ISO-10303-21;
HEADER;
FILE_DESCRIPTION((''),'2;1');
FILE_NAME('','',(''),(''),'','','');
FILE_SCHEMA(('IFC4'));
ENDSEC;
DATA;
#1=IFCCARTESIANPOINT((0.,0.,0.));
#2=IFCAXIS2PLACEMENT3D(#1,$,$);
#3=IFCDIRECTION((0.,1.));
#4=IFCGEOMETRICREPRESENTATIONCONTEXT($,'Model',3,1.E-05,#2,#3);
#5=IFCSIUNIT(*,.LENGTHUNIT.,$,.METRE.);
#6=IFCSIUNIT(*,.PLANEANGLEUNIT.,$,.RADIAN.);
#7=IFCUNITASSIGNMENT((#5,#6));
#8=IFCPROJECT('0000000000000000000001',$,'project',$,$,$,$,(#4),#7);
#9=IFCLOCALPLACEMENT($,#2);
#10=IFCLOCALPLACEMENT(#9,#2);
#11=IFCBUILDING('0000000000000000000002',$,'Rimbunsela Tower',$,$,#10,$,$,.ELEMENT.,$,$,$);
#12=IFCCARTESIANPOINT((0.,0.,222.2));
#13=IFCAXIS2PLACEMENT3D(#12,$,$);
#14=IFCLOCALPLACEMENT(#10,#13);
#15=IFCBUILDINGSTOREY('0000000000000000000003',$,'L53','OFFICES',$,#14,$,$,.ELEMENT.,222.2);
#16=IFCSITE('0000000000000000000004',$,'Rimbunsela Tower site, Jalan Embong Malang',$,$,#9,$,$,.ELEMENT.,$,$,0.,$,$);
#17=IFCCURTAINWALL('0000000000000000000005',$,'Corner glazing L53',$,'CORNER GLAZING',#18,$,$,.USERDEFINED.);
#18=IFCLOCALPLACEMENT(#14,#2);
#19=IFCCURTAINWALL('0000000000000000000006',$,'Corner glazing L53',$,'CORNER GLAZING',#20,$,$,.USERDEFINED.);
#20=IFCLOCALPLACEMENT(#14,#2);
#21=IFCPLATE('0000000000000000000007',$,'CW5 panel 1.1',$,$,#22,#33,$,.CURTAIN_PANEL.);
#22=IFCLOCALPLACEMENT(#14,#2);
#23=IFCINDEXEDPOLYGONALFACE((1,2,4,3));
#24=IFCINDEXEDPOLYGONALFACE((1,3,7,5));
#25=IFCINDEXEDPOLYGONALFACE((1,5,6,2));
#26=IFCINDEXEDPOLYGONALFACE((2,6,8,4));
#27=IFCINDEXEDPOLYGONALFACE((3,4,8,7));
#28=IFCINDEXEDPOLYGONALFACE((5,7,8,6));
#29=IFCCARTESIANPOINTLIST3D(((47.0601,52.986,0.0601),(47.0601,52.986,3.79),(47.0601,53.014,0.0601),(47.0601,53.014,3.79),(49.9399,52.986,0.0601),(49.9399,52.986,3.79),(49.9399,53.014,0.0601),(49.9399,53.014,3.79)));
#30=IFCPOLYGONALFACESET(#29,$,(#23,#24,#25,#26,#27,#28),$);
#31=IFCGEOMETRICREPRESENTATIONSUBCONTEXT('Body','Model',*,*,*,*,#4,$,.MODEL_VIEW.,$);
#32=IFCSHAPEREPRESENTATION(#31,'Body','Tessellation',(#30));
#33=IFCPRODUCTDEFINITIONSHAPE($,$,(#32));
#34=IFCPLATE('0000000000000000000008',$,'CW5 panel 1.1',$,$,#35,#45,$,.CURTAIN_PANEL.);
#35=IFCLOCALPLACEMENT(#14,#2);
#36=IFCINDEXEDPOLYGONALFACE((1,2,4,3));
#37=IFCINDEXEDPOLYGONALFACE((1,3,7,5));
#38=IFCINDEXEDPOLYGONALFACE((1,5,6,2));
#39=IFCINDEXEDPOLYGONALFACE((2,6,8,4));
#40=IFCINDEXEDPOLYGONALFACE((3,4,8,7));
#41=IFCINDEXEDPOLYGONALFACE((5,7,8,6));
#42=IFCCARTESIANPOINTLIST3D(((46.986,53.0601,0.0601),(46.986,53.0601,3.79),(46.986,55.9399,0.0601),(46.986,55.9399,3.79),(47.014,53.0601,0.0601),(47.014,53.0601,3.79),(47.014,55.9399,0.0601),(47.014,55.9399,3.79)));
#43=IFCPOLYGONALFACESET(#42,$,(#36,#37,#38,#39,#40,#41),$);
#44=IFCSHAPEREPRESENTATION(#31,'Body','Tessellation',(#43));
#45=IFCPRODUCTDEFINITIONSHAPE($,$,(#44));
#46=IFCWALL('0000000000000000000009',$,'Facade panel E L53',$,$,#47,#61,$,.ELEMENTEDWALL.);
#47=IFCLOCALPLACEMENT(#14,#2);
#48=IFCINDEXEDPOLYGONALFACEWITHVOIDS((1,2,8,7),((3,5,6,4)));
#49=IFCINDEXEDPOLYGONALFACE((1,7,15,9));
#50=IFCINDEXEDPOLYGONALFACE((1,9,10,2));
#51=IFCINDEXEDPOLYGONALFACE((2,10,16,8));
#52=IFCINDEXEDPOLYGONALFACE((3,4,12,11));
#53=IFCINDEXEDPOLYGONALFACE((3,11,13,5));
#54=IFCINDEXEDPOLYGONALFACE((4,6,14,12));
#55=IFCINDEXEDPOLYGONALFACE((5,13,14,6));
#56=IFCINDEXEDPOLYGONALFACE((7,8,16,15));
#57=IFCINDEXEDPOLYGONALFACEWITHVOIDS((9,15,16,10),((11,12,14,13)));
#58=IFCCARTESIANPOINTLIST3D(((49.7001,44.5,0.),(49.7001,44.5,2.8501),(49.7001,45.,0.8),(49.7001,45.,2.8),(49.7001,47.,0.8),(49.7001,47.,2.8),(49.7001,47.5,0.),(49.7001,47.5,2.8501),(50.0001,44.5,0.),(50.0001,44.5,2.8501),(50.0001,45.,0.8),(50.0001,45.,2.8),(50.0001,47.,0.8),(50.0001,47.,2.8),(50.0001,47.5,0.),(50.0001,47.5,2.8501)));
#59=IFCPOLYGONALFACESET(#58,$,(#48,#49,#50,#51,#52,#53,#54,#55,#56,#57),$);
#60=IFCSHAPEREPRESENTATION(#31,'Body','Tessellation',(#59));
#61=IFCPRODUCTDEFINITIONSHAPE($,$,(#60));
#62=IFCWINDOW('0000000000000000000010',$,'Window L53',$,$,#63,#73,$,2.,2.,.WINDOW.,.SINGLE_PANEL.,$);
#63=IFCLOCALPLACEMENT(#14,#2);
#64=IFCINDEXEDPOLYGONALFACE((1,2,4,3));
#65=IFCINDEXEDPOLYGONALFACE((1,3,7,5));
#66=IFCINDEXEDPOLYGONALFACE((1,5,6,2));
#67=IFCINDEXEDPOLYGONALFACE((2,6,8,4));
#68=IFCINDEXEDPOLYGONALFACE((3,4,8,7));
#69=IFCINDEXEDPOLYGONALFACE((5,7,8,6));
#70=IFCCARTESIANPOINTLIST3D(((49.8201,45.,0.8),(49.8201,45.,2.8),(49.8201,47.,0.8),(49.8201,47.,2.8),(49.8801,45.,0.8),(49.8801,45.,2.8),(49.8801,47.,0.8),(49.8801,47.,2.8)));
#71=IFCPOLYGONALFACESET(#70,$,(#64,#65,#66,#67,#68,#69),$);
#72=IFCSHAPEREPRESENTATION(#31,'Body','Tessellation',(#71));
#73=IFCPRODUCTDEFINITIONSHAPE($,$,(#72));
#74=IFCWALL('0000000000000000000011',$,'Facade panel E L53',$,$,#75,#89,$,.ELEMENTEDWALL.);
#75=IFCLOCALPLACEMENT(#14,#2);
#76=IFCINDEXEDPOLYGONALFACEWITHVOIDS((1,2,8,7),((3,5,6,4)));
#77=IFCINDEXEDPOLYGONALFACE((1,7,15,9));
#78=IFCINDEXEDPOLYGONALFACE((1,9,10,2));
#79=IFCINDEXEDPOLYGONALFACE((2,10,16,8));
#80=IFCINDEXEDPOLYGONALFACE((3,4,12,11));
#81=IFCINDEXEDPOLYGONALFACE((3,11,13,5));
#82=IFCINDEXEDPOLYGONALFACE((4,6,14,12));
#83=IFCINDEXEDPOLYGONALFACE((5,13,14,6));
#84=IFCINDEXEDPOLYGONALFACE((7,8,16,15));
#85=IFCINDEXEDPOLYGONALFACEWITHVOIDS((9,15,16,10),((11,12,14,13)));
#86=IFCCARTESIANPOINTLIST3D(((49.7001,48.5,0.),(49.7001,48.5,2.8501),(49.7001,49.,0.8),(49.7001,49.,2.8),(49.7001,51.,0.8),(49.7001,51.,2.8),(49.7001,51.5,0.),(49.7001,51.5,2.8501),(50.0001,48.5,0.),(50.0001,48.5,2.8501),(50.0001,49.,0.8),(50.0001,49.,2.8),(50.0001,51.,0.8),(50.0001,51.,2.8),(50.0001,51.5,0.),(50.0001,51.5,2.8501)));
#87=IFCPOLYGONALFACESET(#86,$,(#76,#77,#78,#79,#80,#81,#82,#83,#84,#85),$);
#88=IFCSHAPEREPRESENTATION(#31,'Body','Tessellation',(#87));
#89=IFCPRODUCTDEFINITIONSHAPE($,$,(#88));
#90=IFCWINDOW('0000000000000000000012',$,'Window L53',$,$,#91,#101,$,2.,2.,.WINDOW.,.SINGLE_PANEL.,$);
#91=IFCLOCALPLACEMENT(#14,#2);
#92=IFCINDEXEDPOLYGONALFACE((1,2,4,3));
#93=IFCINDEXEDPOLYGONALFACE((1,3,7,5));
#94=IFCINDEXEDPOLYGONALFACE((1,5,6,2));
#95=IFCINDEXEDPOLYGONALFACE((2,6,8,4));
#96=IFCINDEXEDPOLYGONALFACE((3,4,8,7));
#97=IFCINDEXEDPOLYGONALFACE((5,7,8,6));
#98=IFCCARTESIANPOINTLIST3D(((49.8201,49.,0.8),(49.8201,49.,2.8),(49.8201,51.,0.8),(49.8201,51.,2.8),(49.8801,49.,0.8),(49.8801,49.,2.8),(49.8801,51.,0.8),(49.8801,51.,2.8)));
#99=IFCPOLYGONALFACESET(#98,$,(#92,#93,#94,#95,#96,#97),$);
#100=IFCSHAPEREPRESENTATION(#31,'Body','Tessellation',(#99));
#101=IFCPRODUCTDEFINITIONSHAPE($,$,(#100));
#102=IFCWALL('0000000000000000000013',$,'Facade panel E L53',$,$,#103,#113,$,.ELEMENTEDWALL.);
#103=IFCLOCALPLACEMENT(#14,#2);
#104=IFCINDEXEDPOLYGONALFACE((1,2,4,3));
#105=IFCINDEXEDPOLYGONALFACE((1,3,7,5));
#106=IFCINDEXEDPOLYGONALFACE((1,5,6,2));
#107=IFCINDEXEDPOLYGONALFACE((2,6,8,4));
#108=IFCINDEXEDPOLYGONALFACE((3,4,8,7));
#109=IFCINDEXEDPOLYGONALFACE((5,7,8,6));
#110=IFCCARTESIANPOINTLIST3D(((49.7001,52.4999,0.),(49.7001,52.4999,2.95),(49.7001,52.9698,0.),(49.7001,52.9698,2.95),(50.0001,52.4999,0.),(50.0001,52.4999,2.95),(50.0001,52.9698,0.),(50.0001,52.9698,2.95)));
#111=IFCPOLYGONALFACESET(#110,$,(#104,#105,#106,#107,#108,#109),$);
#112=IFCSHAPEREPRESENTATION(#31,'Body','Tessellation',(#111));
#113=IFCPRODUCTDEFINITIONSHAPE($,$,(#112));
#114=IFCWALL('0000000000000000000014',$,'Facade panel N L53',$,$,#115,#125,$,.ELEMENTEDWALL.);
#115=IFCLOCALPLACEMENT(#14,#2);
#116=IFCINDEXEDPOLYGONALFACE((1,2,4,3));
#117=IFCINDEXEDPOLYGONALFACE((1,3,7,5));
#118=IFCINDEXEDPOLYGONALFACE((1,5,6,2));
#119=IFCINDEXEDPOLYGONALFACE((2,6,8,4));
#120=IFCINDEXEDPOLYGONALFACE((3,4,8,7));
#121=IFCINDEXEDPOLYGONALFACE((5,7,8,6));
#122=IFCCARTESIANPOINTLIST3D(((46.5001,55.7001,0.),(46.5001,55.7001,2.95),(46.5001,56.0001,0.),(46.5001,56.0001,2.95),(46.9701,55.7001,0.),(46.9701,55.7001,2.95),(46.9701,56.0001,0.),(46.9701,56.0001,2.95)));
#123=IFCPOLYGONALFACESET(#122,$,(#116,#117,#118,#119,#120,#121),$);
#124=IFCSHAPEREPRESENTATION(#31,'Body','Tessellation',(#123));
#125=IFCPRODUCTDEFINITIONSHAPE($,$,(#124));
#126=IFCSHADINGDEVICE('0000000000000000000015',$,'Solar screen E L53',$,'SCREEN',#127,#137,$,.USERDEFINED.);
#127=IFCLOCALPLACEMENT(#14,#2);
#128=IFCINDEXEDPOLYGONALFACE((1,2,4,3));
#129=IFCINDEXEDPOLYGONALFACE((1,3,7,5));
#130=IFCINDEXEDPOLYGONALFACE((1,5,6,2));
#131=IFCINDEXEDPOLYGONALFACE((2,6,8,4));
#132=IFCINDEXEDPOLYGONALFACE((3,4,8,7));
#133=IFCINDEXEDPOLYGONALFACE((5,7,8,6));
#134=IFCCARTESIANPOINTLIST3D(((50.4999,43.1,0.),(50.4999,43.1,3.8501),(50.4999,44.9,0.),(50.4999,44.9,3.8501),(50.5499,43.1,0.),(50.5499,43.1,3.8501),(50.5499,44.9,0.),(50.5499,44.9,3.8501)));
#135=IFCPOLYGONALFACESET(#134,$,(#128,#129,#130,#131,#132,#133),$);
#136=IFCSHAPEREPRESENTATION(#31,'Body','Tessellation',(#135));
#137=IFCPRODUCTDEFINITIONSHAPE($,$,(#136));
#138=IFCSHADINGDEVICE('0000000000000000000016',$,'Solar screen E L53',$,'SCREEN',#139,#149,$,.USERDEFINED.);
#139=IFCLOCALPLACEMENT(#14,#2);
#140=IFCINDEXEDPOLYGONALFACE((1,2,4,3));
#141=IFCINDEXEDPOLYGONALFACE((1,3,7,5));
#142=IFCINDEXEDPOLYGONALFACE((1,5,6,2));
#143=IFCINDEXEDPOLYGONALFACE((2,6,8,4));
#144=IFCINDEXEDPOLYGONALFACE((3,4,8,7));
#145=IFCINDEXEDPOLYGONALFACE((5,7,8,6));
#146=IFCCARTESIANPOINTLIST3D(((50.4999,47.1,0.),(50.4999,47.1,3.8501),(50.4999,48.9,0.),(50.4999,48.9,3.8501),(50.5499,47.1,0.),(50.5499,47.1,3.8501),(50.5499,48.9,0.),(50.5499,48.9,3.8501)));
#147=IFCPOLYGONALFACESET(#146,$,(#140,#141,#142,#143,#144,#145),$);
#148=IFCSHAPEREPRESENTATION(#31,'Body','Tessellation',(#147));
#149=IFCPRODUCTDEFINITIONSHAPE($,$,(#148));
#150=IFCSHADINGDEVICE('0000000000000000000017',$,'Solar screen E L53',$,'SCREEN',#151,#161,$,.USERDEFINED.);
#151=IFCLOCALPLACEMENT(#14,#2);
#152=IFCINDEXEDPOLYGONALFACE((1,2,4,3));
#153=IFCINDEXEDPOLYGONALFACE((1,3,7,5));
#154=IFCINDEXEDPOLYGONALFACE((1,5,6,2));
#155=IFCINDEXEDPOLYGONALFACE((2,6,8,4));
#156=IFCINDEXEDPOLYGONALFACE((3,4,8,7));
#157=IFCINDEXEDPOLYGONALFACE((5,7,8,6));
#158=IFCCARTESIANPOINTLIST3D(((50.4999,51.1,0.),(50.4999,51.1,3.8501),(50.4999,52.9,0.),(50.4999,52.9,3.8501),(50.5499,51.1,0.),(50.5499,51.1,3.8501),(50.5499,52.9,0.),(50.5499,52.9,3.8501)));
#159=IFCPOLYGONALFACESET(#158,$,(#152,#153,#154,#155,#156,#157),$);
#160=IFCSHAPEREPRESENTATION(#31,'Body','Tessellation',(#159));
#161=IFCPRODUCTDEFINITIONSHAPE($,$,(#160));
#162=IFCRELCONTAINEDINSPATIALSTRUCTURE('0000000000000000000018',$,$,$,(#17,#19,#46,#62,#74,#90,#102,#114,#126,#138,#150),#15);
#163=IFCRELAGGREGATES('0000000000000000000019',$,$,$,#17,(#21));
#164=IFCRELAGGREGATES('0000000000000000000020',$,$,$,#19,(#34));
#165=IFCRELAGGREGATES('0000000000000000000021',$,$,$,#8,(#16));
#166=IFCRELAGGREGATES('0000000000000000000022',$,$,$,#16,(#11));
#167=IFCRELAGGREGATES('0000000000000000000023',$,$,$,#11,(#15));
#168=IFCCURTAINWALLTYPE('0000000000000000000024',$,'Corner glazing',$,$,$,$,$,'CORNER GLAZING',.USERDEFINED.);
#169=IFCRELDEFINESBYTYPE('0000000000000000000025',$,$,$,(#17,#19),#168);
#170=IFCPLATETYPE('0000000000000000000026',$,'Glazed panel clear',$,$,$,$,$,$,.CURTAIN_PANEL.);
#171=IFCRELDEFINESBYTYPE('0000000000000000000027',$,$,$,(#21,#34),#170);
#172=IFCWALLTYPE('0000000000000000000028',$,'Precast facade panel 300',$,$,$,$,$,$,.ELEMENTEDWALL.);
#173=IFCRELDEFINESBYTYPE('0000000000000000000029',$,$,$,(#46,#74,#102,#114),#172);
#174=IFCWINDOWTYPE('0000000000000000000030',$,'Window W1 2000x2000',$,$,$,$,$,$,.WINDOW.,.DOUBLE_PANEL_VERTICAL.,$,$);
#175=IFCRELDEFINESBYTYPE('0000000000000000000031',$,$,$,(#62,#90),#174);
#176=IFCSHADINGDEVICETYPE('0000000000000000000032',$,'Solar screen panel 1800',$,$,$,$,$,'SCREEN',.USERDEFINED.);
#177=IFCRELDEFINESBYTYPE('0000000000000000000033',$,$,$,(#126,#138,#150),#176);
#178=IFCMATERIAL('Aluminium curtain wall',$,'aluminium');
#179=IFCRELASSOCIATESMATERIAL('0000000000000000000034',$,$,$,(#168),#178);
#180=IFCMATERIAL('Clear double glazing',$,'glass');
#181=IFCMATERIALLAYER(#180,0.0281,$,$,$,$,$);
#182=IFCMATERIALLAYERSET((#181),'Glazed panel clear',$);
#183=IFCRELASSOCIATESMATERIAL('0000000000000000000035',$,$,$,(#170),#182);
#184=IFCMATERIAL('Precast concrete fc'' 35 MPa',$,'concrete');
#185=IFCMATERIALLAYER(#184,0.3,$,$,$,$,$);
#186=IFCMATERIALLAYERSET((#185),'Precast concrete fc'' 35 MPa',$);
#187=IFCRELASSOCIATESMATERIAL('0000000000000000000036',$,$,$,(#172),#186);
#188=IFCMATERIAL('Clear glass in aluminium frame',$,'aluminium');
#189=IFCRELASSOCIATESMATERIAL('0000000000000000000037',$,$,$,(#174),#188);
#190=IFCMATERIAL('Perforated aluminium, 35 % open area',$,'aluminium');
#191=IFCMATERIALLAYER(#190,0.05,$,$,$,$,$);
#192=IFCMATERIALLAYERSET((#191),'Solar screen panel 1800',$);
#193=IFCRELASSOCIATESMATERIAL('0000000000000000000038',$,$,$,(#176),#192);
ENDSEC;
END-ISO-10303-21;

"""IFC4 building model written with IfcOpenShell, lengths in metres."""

from ifc_helpers import new_model, si_unit, direction, frame, frame_2d, origin, origin_2d, place, context, subcontext, project, spatial, rectangle, extrude, material, layer, layer_set, type_object, element, fill, aggregate, save


model = new_model("IFC4")

# Units and contexts
model_context = context("Model", 3, precision=1e-05, world=origin(), true_north=direction((0.0, 1.0)))
body_context = subcontext(model_context, "Body", "Model", "MODEL_VIEW")
ifc_project = project(units=[si_unit("LENGTHUNIT", "METRE"), si_unit("PLANEANGLEUNIT", "RADIAN")], contexts=[model_context])

# Site, building, storey
site_placement = place(None, origin())
site = spatial("IfcSite", under=ifc_project, at=site_placement, Name="Rimbunsela Tower site, Jalan Embong Malang", CompositionType="ELEMENT", RefElevation=0.0)
building_placement = place(site_placement, origin())
building = spatial("IfcBuilding", under=site, at=building_placement, Name="Rimbunsela Tower", CompositionType="ELEMENT")
storey_placement = place(building_placement, frame((0.0, 0.0, 222.2)))
storey = spatial("IfcBuildingStorey", under=building, at=storey_placement, Name="L53", Description="OFFICES", CompositionType="ELEMENT", Elevation=222.2)

# Curtain walls
ifc_material_1 = material(Name="Aluminium curtain wall", Category="aluminium")
curtain_wall_type = type_object("IfcCurtainWallType", Name="Corner glazing", ElementType="CORNER GLAZING", PredefinedType="USERDEFINED", material=ifc_material_1)
curtain_wall_1_placement = place(storey_placement, origin())
curtain_wall_1 = element("IfcCurtainWall", 1, at=curtain_wall_1_placement, inside=storey, type_object=curtain_wall_type, Name="Corner glazing L53", ObjectType="CORNER GLAZING", PredefinedType="USERDEFINED")
curtain_wall_2_placement = place(storey_placement, origin())
curtain_wall_2 = element("IfcCurtainWall", 2, at=curtain_wall_2_placement, inside=storey, type_object=curtain_wall_type, Name="Corner glazing L53", ObjectType="CORNER GLAZING", PredefinedType="USERDEFINED")

# Plates
ifc_material_2 = material(Name="Clear double glazing", Category="glass")
ifc_layer_1 = layer(ifc_material_2, 0.0281)
ifc_layer_set_1 = layer_set([ifc_layer_1], Name="Glazed panel clear")
plate_type = type_object("IfcPlateType", Name="Glazed panel clear", PredefinedType="CURTAIN_PANEL", material=ifc_layer_set_1)
plate_1_placement = place(storey_placement, frame((48.5, 53.0, 0.0601), z_axis=(0.0, 0.0, 1.0), x_axis=(-1.0, 0.0, 0.0)))
plate_1 = element("IfcPlate", 3, at=plate_1_placement, type_object=plate_type, Name="CW5 panel 1.1", PredefinedType="CURTAIN_PANEL", context=body_context, shape_type="SweptSolid", body=[
    extrude(rectangle(XDim=2.8799, YDim=0.0281, at=origin_2d()), origin(), (0.0, 0.0, 1.0), 3.73),
])
aggregate(curtain_wall_1, [plate_1])
plate_2_placement = place(storey_placement, frame((47.0, 54.5, 0.0601), z_axis=(0.0, 0.0, 1.0), x_axis=(0.0, 1.0, 0.0)))
plate_2 = element("IfcPlate", 4, at=plate_2_placement, type_object=plate_type, Name="CW5 panel 1.1", PredefinedType="CURTAIN_PANEL", context=body_context, shape_type="SweptSolid", body=[
    extrude(rectangle(XDim=2.8799, YDim=0.0281, at=origin_2d()), origin(), (0.0, 0.0, 1.0), 3.73),
])
aggregate(curtain_wall_2, [plate_2])

# Walls, openings, windows
ifc_material_3 = material(Name="Precast concrete fc' 35 MPa", Category="concrete")
ifc_layer_2 = layer(ifc_material_3, 0.3)
ifc_layer_set_2 = layer_set([ifc_layer_2], Name="Precast concrete fc' 35 MPa")
wall_type = type_object("IfcWallType", Name="Precast facade panel 300", PredefinedType="ELEMENTEDWALL", material=ifc_layer_set_2)
wall_1_placement = place(storey_placement, frame((49.8501, 44.5, 0.0), z_axis=(0.0, 0.0, 1.0), x_axis=(0.0, 1.0, 0.0)))
wall_1 = element("IfcWall", 5, at=wall_1_placement, inside=storey, type_object=wall_type, Name="Facade panel E L53", PredefinedType="ELEMENTEDWALL", context=body_context, shape_type="SweptSolid", body=[
    extrude(rectangle(XDim=3.0, YDim=0.3, at=frame_2d((1.5, 0.0))), origin(), (0.0, 0.0, 1.0), 2.8501),
])
opening_1_placement = place(wall_1_placement, frame((0.5, 0.0, 0.8)))
opening_1 = element("IfcOpeningElement", 6, at=opening_1_placement, cuts=wall_1, PredefinedType="OPENING", context=body_context, shape_type="SweptSolid", body=[
    extrude(rectangle(XDim=2.0, YDim=2.0, at=frame_2d((1.0, 1.0))), frame((0.0, 0.1599, 0.0), z_axis=(0.0, -1.0, 0.0), x_axis=(1.0, 0.0, 0.0)), (0.0, 0.0, 1.0), 0.3201),
])
ifc_material_4 = material(Name="Clear glass in aluminium frame", Category="aluminium")
window_type = type_object("IfcWindowType", Name="Window W1 2000x2000", PartitioningType="DOUBLE_PANEL_VERTICAL", PredefinedType="WINDOW", material=ifc_material_4)
window_1_placement = place(opening_1_placement, origin())
window_1 = element("IfcWindow", 7, at=window_1_placement, inside=storey, type_object=window_type, Name="Window L53", OverallHeight=2.0, OverallWidth=2.0, PartitioningType="SINGLE_PANEL", PredefinedType="WINDOW", context=body_context, shape_type="SweptSolid", body=[
    extrude(rectangle(XDim=2.0, YDim=2.0, at=frame_2d((1.0, 1.0))), frame((0.0, 0.03, 0.0), z_axis=(0.0, -1.0, 0.0), x_axis=(1.0, 0.0, 0.0)), (0.0, 0.0, 1.0), 0.0601),
])
fill(opening_1, window_1)
wall_2_placement = place(storey_placement, frame((49.8501, 48.5, 0.0), z_axis=(0.0, 0.0, 1.0), x_axis=(0.0, 1.0, 0.0)))
wall_2 = element("IfcWall", 8, at=wall_2_placement, inside=storey, type_object=wall_type, Name="Facade panel E L53", PredefinedType="ELEMENTEDWALL", context=body_context, shape_type="SweptSolid", body=[
    extrude(rectangle(XDim=3.0, YDim=0.3, at=frame_2d((1.5, 0.0))), origin(), (0.0, 0.0, 1.0), 2.8501),
])
opening_2_placement = place(wall_2_placement, frame((0.5, 0.0, 0.8)))
opening_2 = element("IfcOpeningElement", 9, at=opening_2_placement, cuts=wall_2, PredefinedType="OPENING", context=body_context, shape_type="SweptSolid", body=[
    extrude(rectangle(XDim=2.0, YDim=2.0, at=frame_2d((1.0, 1.0))), frame((0.0, 0.1599, 0.0), z_axis=(0.0, -1.0, 0.0), x_axis=(1.0, 0.0, 0.0)), (0.0, 0.0, 1.0), 0.3201),
])
window_2_placement = place(opening_2_placement, origin())
window_2 = element("IfcWindow", 10, at=window_2_placement, inside=storey, type_object=window_type, Name="Window L53", OverallHeight=2.0, OverallWidth=2.0, PartitioningType="SINGLE_PANEL", PredefinedType="WINDOW", context=body_context, shape_type="SweptSolid", body=[
    extrude(rectangle(XDim=2.0, YDim=2.0, at=frame_2d((1.0, 1.0))), frame((0.0, 0.03, 0.0), z_axis=(0.0, -1.0, 0.0), x_axis=(1.0, 0.0, 0.0)), (0.0, 0.0, 1.0), 0.0601),
])
fill(opening_2, window_2)

# Walls
for number, where, z_axis, x_axis, name in (
    (11, (49.8501, 52.5, 0.0), (0.0, 0.0, 1.0), (0.0, 1.0, 0.0), "Facade panel E L53"),
    (12, (46.97, 55.8501, 0.0), (0.0, 0.0, 1.0), (-1.0, 0.0, 0.0), "Facade panel N L53"),
):
    element("IfcWall", number, at=place(storey_placement, frame(where, z_axis=z_axis, x_axis=x_axis)), inside=storey, type_object=wall_type, Name=name, PredefinedType="ELEMENTEDWALL", context=body_context, shape_type="SweptSolid", body=[
        extrude(rectangle(XDim=0.47, YDim=0.3, at=frame_2d((0.2349, 0.0))), origin(), (0.0, 0.0, 1.0), 2.95),
    ])

# Shading devices
ifc_material_5 = material(Name="Perforated aluminium, 35 % open area", Category="aluminium")
ifc_layer_3 = layer(ifc_material_5, 0.05)
ifc_layer_set_3 = layer_set([ifc_layer_3], Name="Solar screen panel 1800")
shading_device_type = type_object("IfcShadingDeviceType", Name="Solar screen panel 1800", ElementType="SCREEN", PredefinedType="USERDEFINED", material=ifc_layer_set_3)
for number, where, z_axis, x_axis, name in (
    (13, (50.5249, 44.0, 0.0), (0.0, 0.0, 1.0), (0.0, 1.0, 0.0), "Solar screen E L53"),
    (14, (50.5249, 48.0, 0.0), (0.0, 0.0, 1.0), (0.0, 1.0, 0.0), "Solar screen E L53"),
    (15, (50.5249, 52.0, 0.0), (0.0, 0.0, 1.0), (0.0, 1.0, 0.0), "Solar screen E L53"),
):
    element("IfcShadingDevice", number, at=place(storey_placement, frame(where, z_axis=z_axis, x_axis=x_axis)), inside=storey, type_object=shading_device_type, Name=name, ObjectType="SCREEN", PredefinedType="USERDEFINED", context=body_context, shape_type="SweptSolid", body=[
        extrude(rectangle(XDim=1.8, YDim=0.05, at=origin_2d()), origin(), (0.0, 0.0, 1.0), 3.8501),
    ])

save(model, "model.ifc")
